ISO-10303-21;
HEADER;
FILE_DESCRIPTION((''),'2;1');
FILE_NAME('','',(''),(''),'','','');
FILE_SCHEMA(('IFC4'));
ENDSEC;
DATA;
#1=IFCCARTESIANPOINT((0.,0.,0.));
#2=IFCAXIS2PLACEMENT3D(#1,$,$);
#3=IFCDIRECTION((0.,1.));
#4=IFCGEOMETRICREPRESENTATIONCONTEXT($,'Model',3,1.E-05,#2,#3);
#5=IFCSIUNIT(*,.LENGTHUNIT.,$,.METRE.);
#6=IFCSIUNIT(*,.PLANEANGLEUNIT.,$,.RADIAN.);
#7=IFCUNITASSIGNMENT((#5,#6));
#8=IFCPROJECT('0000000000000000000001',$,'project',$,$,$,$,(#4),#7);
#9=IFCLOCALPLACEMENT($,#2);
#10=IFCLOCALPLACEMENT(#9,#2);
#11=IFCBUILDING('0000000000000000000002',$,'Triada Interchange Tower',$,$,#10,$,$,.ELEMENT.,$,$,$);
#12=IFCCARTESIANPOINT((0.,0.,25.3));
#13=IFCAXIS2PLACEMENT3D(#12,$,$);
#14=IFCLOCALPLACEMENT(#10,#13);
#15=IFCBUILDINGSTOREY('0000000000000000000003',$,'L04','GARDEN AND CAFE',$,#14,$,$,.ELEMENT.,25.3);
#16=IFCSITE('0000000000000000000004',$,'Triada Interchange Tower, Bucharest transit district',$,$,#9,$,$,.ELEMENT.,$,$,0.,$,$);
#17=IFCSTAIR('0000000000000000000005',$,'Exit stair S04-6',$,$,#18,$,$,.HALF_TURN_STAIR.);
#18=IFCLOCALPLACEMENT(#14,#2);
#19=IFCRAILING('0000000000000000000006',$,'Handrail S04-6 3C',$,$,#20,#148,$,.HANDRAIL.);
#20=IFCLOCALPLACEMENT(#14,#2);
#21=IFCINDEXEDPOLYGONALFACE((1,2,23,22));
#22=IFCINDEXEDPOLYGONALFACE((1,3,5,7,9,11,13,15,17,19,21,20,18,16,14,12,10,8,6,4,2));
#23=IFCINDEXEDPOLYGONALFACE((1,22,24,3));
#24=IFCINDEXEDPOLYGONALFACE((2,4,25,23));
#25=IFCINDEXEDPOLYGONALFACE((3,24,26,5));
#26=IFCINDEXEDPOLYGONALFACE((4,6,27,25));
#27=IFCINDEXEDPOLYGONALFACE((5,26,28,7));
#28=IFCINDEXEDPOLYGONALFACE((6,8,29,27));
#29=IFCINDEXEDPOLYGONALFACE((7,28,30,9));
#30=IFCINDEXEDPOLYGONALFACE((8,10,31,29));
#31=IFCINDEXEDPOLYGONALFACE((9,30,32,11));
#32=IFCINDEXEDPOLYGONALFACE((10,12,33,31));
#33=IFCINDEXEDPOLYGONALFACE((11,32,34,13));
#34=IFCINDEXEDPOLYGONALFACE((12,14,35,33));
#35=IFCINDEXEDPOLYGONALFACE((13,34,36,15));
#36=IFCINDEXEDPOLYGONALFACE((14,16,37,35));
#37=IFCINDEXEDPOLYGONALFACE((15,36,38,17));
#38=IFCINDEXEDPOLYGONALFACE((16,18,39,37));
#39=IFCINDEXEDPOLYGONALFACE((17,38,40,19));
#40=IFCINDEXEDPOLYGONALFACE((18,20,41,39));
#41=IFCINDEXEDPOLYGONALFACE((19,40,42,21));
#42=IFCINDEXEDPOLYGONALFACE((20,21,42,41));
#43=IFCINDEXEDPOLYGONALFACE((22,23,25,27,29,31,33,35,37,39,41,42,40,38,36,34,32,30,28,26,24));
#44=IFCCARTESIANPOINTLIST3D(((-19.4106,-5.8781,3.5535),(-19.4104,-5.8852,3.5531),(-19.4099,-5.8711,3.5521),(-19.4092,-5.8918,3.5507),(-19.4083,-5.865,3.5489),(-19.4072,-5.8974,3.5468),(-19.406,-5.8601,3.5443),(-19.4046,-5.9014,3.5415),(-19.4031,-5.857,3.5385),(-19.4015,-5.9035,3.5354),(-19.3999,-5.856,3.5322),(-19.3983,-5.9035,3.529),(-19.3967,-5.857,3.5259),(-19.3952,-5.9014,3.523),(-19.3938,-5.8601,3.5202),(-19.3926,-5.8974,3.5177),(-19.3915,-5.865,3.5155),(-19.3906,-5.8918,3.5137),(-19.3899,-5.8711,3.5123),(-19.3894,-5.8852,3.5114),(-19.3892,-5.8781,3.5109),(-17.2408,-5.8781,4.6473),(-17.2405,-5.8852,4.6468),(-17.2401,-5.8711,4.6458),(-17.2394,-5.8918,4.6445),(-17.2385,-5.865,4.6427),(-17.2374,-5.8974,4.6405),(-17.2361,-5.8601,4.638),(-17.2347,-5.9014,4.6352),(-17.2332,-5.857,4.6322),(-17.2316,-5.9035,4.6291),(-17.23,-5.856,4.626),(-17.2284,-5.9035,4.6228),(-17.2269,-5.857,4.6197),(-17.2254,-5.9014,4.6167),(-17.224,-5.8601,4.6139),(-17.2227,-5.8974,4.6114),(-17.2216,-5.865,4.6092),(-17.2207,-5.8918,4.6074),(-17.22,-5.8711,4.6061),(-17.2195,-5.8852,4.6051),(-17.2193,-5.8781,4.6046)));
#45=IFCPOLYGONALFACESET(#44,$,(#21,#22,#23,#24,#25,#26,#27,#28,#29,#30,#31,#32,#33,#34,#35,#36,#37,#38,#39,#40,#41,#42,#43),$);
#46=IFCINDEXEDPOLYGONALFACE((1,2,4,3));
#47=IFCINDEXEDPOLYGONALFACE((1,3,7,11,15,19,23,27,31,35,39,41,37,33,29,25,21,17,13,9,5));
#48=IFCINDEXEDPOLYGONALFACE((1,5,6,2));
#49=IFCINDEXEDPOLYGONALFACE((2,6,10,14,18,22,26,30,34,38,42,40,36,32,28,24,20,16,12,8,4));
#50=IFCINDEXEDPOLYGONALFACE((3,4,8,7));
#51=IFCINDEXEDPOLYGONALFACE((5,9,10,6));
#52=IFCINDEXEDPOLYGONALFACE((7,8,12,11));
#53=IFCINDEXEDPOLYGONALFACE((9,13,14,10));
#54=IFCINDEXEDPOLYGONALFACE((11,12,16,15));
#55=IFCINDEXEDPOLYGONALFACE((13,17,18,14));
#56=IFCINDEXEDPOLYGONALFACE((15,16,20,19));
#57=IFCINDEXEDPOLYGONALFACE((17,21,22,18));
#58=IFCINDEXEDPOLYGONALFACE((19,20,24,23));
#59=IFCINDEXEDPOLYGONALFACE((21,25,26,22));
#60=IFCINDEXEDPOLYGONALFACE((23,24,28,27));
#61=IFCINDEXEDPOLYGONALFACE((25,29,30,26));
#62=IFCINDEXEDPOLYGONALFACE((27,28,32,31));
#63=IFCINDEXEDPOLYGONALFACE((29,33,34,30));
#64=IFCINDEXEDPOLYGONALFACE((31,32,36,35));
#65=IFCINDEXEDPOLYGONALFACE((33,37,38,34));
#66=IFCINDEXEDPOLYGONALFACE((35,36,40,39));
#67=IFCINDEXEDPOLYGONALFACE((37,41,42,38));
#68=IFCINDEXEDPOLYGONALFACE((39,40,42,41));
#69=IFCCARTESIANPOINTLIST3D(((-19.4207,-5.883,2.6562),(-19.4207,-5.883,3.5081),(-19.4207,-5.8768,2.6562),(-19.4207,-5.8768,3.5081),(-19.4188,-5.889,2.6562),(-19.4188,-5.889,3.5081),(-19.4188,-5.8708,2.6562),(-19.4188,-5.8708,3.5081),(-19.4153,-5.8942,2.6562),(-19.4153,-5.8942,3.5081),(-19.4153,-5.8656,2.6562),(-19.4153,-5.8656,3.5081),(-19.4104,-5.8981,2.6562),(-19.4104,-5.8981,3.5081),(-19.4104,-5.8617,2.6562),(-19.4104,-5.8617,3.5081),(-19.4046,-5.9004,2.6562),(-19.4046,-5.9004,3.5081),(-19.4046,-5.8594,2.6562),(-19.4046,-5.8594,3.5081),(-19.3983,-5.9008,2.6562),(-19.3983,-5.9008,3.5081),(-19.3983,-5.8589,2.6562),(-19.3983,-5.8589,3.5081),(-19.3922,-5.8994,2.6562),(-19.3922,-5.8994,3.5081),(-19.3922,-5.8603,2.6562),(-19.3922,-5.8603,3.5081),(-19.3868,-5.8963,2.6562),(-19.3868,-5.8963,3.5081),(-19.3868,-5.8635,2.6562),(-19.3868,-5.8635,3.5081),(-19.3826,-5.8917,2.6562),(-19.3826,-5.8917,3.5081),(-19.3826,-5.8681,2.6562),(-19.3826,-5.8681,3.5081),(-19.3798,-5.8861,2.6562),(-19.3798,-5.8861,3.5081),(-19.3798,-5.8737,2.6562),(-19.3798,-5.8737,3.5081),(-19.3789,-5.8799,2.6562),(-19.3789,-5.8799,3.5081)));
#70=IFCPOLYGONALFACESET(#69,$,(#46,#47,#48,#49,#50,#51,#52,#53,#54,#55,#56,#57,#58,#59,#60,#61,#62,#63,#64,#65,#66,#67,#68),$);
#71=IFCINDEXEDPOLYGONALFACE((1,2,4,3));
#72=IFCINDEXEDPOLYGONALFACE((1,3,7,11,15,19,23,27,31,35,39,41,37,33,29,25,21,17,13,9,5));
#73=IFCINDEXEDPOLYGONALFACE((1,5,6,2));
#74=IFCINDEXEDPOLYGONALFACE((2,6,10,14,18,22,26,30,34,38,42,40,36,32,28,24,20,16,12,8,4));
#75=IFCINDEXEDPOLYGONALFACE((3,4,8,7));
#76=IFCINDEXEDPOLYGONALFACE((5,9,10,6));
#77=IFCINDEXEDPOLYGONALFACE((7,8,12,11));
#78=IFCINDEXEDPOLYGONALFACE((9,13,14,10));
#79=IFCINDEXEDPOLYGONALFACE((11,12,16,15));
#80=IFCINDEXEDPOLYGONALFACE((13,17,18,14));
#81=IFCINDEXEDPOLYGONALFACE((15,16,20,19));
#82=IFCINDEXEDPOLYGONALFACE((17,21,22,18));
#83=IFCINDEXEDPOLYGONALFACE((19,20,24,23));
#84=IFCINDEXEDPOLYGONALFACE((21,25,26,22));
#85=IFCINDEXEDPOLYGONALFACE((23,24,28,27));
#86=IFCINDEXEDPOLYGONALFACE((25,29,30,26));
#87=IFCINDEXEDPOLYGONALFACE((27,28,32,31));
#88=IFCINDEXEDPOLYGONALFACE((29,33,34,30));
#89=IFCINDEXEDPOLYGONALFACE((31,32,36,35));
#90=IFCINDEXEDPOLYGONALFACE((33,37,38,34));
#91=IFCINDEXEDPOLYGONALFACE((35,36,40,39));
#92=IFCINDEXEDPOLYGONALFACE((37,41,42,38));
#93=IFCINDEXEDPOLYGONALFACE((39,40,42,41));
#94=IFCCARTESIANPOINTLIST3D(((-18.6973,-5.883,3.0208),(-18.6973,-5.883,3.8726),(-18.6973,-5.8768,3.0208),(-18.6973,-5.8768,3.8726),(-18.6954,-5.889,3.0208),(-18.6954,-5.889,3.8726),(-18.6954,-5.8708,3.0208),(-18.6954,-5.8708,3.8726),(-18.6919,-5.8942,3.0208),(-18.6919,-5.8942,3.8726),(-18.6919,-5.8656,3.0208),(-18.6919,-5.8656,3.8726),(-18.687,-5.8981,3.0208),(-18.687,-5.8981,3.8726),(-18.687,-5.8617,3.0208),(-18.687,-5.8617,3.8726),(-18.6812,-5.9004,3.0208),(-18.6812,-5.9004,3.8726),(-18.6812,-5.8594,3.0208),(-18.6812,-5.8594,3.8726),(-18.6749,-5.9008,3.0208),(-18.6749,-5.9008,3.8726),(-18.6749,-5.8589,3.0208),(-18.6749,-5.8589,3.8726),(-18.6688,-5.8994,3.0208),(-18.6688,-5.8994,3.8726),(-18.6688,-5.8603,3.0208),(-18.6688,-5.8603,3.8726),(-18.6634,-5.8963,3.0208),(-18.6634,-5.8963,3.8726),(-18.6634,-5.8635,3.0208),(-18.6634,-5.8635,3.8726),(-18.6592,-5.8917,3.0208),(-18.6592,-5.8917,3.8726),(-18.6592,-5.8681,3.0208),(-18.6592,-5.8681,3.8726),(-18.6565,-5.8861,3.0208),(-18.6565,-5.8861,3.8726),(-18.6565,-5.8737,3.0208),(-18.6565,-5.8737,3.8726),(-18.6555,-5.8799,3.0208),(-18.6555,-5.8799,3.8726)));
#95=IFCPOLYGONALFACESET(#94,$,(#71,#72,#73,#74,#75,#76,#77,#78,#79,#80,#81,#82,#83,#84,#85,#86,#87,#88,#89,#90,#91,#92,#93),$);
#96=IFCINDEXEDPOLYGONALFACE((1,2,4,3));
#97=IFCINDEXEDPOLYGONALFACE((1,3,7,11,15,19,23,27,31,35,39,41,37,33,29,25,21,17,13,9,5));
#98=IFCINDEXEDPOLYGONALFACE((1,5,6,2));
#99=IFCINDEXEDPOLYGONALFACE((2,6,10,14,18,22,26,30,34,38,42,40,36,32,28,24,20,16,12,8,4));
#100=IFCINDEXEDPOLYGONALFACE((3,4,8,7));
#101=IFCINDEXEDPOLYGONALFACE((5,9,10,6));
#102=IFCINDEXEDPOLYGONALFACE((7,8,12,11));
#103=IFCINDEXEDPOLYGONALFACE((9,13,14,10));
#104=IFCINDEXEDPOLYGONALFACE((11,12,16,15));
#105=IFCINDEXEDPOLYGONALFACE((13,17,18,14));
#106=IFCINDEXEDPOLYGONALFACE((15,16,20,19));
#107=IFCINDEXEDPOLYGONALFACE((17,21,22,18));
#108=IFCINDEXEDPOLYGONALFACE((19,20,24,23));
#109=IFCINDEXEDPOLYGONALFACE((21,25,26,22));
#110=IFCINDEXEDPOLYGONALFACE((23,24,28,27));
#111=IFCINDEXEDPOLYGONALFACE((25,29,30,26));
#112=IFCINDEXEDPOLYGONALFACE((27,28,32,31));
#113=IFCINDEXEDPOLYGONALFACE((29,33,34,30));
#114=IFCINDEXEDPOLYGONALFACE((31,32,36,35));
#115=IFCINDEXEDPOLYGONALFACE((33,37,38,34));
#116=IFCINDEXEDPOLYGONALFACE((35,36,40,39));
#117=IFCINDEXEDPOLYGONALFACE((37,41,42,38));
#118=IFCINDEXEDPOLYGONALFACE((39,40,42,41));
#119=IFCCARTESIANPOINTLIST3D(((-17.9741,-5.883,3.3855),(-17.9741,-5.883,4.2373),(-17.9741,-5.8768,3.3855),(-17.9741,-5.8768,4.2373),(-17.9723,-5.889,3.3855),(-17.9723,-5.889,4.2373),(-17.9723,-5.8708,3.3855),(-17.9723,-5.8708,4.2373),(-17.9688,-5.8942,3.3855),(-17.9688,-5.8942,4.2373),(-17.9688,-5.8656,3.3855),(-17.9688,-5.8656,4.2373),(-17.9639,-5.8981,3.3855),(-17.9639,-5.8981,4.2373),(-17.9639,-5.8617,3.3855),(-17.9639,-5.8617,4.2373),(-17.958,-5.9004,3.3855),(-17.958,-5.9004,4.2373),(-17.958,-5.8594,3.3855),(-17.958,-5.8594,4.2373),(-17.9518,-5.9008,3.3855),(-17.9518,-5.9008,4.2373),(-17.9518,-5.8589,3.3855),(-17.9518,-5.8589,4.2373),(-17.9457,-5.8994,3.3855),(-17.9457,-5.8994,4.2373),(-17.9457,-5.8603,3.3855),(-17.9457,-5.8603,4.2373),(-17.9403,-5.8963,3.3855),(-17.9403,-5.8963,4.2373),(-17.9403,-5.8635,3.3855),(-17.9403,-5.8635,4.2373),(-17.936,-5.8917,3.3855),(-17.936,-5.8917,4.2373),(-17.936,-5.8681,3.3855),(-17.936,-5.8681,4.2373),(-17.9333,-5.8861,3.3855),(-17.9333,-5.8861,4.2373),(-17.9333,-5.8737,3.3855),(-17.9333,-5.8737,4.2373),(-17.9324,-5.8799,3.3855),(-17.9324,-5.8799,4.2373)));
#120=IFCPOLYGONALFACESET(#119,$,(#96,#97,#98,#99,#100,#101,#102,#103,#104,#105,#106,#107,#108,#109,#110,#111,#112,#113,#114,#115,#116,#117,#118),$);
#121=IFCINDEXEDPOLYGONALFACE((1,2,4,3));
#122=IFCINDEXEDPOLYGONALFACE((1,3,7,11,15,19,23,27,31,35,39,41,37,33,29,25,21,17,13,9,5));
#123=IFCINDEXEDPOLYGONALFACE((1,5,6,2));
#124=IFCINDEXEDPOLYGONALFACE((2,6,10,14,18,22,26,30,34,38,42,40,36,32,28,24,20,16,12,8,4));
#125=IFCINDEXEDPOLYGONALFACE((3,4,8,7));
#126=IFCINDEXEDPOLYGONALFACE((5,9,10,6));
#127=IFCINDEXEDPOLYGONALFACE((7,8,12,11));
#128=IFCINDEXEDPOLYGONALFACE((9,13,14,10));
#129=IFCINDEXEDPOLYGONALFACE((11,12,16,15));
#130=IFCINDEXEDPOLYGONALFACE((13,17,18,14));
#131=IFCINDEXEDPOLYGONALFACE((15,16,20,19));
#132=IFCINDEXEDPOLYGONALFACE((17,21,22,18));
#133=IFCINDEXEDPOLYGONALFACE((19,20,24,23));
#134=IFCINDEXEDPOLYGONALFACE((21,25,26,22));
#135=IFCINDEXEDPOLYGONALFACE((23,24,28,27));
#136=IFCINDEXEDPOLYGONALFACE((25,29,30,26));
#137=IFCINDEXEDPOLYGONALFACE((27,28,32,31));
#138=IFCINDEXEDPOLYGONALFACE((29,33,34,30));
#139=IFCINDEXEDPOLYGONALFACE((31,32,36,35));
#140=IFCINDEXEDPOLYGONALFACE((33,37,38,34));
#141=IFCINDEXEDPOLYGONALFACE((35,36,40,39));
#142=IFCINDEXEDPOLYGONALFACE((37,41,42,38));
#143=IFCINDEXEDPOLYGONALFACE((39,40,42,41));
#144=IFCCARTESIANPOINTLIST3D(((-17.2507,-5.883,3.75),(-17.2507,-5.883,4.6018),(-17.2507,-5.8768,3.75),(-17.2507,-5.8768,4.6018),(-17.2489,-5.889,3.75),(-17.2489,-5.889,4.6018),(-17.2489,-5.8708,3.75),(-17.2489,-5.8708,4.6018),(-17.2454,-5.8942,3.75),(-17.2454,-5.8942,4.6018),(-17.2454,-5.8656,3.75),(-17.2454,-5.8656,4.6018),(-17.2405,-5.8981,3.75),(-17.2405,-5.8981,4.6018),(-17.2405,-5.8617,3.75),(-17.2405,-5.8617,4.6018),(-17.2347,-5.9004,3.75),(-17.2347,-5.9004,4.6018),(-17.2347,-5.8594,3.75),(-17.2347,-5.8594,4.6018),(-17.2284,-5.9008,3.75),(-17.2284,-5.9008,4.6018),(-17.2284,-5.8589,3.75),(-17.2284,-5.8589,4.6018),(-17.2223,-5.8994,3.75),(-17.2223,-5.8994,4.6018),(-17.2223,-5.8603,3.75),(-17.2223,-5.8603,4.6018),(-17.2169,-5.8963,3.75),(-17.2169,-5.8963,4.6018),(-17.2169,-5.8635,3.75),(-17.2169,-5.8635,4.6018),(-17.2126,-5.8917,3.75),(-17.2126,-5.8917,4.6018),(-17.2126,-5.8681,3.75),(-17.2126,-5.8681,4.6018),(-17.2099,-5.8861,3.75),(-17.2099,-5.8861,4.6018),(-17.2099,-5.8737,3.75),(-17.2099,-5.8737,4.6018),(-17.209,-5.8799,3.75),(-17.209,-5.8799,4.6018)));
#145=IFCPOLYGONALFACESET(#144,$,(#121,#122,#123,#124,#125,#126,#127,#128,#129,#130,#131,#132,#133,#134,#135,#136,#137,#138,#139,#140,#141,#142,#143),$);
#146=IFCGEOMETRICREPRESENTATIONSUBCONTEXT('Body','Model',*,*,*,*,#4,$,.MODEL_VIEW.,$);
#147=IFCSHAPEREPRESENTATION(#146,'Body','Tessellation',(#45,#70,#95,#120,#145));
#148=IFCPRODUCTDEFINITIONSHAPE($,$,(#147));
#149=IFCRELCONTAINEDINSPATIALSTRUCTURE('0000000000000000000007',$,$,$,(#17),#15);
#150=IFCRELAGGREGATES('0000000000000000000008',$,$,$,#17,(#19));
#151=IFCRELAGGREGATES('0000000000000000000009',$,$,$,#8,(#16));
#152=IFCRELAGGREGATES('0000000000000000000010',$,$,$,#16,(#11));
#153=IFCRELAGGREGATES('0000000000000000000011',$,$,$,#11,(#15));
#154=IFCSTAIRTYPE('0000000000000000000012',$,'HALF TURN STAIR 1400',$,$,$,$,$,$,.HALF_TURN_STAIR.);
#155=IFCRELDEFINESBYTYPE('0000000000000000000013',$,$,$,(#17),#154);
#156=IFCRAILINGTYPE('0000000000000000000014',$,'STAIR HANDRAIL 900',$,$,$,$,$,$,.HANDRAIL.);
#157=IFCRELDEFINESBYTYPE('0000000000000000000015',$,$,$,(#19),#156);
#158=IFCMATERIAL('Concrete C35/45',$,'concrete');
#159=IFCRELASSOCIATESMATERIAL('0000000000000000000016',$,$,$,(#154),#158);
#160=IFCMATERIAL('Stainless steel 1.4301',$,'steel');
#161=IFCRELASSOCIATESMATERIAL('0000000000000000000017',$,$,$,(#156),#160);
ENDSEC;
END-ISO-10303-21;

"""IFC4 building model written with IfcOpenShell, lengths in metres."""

from ifc_helpers import new_model, si_unit, direction, frame, origin, origin_2d, place, context, subcontext, project, spatial, circle, extrude, material, type_object, element, aggregate, save


model = new_model("IFC4")

# Units and contexts
model_context = context("Model", 3, precision=1e-05, world=origin(), true_north=direction((0.0, 1.0)))
body_context = subcontext(model_context, "Body", "Model", "MODEL_VIEW")
ifc_project = project(units=[si_unit("LENGTHUNIT", "METRE"), si_unit("PLANEANGLEUNIT", "RADIAN")], contexts=[model_context])

# Site, building, storey
site_placement = place(None, origin())
site = spatial("IfcSite", under=ifc_project, at=site_placement, Name="Triada Interchange Tower, Bucharest transit district", CompositionType="ELEMENT", RefElevation=0.0)
building_placement = place(site_placement, origin())
building = spatial("IfcBuilding", under=site, at=building_placement, Name="Triada Interchange Tower", CompositionType="ELEMENT")
storey_placement = place(building_placement, frame((0.0, 0.0, 25.3)))
storey = spatial("IfcBuildingStorey", under=building, at=storey_placement, Name="L04", Description="GARDEN AND CAFE", CompositionType="ELEMENT", Elevation=25.3)

# Stair, railing
ifc_material_1 = material(Name="Concrete C35/45", Category="concrete")
stair_type = type_object("IfcStairType", Name="HALF TURN STAIR 1400", PredefinedType="HALF_TURN_STAIR", material=ifc_material_1)
stair_placement = place(storey_placement, origin())
stair = element("IfcStair", 1, at=stair_placement, inside=storey, type_object=stair_type, Name="Exit stair S04-6", PredefinedType="HALF_TURN_STAIR")
ifc_material_2 = material(Name="Stainless steel 1.4301", Category="steel")
railing_type = type_object("IfcRailingType", Name="STAIR HANDRAIL 900", PredefinedType="HANDRAIL", material=ifc_material_2)
railing_1_placement = place(storey_placement, frame((-19.3999, -5.8799, 2.6562)))
railing_1 = element("IfcRailing", 2, at=railing_1_placement, type_object=railing_type, Name="Handrail S04-6 3C", PredefinedType="HANDRAIL", context=body_context, shape_type="SweptSolid", body=[
    extrude(circle(Radius=0.0239, at=origin_2d()), frame((0.0, 0.0, 0.876), z_axis=(0.892976, 0.0, 0.450105), x_axis=(0.0, 1.0, 0.0)), (0.0, 0.0, 1.0), 2.4299),
    extrude(circle(Radius=0.021, at=origin_2d()), origin(), (0.0, 0.0, 1.0), 0.8518),
    extrude(circle(Radius=0.021, at=origin_2d()), frame((0.7234, 0.0, 0.3645)), (0.0, 0.0, 1.0), 0.8518),
    extrude(circle(Radius=0.021, at=origin_2d()), frame((1.4465, 0.0, 0.7292)), (0.0, 0.0, 1.0), 0.8518),
    extrude(circle(Radius=0.021, at=origin_2d()), frame((2.1699, 0.0, 1.0938)), (0.0, 0.0, 1.0), 0.8518),
])
aggregate(stair, [railing_1])

save(model, "model.ifc")
